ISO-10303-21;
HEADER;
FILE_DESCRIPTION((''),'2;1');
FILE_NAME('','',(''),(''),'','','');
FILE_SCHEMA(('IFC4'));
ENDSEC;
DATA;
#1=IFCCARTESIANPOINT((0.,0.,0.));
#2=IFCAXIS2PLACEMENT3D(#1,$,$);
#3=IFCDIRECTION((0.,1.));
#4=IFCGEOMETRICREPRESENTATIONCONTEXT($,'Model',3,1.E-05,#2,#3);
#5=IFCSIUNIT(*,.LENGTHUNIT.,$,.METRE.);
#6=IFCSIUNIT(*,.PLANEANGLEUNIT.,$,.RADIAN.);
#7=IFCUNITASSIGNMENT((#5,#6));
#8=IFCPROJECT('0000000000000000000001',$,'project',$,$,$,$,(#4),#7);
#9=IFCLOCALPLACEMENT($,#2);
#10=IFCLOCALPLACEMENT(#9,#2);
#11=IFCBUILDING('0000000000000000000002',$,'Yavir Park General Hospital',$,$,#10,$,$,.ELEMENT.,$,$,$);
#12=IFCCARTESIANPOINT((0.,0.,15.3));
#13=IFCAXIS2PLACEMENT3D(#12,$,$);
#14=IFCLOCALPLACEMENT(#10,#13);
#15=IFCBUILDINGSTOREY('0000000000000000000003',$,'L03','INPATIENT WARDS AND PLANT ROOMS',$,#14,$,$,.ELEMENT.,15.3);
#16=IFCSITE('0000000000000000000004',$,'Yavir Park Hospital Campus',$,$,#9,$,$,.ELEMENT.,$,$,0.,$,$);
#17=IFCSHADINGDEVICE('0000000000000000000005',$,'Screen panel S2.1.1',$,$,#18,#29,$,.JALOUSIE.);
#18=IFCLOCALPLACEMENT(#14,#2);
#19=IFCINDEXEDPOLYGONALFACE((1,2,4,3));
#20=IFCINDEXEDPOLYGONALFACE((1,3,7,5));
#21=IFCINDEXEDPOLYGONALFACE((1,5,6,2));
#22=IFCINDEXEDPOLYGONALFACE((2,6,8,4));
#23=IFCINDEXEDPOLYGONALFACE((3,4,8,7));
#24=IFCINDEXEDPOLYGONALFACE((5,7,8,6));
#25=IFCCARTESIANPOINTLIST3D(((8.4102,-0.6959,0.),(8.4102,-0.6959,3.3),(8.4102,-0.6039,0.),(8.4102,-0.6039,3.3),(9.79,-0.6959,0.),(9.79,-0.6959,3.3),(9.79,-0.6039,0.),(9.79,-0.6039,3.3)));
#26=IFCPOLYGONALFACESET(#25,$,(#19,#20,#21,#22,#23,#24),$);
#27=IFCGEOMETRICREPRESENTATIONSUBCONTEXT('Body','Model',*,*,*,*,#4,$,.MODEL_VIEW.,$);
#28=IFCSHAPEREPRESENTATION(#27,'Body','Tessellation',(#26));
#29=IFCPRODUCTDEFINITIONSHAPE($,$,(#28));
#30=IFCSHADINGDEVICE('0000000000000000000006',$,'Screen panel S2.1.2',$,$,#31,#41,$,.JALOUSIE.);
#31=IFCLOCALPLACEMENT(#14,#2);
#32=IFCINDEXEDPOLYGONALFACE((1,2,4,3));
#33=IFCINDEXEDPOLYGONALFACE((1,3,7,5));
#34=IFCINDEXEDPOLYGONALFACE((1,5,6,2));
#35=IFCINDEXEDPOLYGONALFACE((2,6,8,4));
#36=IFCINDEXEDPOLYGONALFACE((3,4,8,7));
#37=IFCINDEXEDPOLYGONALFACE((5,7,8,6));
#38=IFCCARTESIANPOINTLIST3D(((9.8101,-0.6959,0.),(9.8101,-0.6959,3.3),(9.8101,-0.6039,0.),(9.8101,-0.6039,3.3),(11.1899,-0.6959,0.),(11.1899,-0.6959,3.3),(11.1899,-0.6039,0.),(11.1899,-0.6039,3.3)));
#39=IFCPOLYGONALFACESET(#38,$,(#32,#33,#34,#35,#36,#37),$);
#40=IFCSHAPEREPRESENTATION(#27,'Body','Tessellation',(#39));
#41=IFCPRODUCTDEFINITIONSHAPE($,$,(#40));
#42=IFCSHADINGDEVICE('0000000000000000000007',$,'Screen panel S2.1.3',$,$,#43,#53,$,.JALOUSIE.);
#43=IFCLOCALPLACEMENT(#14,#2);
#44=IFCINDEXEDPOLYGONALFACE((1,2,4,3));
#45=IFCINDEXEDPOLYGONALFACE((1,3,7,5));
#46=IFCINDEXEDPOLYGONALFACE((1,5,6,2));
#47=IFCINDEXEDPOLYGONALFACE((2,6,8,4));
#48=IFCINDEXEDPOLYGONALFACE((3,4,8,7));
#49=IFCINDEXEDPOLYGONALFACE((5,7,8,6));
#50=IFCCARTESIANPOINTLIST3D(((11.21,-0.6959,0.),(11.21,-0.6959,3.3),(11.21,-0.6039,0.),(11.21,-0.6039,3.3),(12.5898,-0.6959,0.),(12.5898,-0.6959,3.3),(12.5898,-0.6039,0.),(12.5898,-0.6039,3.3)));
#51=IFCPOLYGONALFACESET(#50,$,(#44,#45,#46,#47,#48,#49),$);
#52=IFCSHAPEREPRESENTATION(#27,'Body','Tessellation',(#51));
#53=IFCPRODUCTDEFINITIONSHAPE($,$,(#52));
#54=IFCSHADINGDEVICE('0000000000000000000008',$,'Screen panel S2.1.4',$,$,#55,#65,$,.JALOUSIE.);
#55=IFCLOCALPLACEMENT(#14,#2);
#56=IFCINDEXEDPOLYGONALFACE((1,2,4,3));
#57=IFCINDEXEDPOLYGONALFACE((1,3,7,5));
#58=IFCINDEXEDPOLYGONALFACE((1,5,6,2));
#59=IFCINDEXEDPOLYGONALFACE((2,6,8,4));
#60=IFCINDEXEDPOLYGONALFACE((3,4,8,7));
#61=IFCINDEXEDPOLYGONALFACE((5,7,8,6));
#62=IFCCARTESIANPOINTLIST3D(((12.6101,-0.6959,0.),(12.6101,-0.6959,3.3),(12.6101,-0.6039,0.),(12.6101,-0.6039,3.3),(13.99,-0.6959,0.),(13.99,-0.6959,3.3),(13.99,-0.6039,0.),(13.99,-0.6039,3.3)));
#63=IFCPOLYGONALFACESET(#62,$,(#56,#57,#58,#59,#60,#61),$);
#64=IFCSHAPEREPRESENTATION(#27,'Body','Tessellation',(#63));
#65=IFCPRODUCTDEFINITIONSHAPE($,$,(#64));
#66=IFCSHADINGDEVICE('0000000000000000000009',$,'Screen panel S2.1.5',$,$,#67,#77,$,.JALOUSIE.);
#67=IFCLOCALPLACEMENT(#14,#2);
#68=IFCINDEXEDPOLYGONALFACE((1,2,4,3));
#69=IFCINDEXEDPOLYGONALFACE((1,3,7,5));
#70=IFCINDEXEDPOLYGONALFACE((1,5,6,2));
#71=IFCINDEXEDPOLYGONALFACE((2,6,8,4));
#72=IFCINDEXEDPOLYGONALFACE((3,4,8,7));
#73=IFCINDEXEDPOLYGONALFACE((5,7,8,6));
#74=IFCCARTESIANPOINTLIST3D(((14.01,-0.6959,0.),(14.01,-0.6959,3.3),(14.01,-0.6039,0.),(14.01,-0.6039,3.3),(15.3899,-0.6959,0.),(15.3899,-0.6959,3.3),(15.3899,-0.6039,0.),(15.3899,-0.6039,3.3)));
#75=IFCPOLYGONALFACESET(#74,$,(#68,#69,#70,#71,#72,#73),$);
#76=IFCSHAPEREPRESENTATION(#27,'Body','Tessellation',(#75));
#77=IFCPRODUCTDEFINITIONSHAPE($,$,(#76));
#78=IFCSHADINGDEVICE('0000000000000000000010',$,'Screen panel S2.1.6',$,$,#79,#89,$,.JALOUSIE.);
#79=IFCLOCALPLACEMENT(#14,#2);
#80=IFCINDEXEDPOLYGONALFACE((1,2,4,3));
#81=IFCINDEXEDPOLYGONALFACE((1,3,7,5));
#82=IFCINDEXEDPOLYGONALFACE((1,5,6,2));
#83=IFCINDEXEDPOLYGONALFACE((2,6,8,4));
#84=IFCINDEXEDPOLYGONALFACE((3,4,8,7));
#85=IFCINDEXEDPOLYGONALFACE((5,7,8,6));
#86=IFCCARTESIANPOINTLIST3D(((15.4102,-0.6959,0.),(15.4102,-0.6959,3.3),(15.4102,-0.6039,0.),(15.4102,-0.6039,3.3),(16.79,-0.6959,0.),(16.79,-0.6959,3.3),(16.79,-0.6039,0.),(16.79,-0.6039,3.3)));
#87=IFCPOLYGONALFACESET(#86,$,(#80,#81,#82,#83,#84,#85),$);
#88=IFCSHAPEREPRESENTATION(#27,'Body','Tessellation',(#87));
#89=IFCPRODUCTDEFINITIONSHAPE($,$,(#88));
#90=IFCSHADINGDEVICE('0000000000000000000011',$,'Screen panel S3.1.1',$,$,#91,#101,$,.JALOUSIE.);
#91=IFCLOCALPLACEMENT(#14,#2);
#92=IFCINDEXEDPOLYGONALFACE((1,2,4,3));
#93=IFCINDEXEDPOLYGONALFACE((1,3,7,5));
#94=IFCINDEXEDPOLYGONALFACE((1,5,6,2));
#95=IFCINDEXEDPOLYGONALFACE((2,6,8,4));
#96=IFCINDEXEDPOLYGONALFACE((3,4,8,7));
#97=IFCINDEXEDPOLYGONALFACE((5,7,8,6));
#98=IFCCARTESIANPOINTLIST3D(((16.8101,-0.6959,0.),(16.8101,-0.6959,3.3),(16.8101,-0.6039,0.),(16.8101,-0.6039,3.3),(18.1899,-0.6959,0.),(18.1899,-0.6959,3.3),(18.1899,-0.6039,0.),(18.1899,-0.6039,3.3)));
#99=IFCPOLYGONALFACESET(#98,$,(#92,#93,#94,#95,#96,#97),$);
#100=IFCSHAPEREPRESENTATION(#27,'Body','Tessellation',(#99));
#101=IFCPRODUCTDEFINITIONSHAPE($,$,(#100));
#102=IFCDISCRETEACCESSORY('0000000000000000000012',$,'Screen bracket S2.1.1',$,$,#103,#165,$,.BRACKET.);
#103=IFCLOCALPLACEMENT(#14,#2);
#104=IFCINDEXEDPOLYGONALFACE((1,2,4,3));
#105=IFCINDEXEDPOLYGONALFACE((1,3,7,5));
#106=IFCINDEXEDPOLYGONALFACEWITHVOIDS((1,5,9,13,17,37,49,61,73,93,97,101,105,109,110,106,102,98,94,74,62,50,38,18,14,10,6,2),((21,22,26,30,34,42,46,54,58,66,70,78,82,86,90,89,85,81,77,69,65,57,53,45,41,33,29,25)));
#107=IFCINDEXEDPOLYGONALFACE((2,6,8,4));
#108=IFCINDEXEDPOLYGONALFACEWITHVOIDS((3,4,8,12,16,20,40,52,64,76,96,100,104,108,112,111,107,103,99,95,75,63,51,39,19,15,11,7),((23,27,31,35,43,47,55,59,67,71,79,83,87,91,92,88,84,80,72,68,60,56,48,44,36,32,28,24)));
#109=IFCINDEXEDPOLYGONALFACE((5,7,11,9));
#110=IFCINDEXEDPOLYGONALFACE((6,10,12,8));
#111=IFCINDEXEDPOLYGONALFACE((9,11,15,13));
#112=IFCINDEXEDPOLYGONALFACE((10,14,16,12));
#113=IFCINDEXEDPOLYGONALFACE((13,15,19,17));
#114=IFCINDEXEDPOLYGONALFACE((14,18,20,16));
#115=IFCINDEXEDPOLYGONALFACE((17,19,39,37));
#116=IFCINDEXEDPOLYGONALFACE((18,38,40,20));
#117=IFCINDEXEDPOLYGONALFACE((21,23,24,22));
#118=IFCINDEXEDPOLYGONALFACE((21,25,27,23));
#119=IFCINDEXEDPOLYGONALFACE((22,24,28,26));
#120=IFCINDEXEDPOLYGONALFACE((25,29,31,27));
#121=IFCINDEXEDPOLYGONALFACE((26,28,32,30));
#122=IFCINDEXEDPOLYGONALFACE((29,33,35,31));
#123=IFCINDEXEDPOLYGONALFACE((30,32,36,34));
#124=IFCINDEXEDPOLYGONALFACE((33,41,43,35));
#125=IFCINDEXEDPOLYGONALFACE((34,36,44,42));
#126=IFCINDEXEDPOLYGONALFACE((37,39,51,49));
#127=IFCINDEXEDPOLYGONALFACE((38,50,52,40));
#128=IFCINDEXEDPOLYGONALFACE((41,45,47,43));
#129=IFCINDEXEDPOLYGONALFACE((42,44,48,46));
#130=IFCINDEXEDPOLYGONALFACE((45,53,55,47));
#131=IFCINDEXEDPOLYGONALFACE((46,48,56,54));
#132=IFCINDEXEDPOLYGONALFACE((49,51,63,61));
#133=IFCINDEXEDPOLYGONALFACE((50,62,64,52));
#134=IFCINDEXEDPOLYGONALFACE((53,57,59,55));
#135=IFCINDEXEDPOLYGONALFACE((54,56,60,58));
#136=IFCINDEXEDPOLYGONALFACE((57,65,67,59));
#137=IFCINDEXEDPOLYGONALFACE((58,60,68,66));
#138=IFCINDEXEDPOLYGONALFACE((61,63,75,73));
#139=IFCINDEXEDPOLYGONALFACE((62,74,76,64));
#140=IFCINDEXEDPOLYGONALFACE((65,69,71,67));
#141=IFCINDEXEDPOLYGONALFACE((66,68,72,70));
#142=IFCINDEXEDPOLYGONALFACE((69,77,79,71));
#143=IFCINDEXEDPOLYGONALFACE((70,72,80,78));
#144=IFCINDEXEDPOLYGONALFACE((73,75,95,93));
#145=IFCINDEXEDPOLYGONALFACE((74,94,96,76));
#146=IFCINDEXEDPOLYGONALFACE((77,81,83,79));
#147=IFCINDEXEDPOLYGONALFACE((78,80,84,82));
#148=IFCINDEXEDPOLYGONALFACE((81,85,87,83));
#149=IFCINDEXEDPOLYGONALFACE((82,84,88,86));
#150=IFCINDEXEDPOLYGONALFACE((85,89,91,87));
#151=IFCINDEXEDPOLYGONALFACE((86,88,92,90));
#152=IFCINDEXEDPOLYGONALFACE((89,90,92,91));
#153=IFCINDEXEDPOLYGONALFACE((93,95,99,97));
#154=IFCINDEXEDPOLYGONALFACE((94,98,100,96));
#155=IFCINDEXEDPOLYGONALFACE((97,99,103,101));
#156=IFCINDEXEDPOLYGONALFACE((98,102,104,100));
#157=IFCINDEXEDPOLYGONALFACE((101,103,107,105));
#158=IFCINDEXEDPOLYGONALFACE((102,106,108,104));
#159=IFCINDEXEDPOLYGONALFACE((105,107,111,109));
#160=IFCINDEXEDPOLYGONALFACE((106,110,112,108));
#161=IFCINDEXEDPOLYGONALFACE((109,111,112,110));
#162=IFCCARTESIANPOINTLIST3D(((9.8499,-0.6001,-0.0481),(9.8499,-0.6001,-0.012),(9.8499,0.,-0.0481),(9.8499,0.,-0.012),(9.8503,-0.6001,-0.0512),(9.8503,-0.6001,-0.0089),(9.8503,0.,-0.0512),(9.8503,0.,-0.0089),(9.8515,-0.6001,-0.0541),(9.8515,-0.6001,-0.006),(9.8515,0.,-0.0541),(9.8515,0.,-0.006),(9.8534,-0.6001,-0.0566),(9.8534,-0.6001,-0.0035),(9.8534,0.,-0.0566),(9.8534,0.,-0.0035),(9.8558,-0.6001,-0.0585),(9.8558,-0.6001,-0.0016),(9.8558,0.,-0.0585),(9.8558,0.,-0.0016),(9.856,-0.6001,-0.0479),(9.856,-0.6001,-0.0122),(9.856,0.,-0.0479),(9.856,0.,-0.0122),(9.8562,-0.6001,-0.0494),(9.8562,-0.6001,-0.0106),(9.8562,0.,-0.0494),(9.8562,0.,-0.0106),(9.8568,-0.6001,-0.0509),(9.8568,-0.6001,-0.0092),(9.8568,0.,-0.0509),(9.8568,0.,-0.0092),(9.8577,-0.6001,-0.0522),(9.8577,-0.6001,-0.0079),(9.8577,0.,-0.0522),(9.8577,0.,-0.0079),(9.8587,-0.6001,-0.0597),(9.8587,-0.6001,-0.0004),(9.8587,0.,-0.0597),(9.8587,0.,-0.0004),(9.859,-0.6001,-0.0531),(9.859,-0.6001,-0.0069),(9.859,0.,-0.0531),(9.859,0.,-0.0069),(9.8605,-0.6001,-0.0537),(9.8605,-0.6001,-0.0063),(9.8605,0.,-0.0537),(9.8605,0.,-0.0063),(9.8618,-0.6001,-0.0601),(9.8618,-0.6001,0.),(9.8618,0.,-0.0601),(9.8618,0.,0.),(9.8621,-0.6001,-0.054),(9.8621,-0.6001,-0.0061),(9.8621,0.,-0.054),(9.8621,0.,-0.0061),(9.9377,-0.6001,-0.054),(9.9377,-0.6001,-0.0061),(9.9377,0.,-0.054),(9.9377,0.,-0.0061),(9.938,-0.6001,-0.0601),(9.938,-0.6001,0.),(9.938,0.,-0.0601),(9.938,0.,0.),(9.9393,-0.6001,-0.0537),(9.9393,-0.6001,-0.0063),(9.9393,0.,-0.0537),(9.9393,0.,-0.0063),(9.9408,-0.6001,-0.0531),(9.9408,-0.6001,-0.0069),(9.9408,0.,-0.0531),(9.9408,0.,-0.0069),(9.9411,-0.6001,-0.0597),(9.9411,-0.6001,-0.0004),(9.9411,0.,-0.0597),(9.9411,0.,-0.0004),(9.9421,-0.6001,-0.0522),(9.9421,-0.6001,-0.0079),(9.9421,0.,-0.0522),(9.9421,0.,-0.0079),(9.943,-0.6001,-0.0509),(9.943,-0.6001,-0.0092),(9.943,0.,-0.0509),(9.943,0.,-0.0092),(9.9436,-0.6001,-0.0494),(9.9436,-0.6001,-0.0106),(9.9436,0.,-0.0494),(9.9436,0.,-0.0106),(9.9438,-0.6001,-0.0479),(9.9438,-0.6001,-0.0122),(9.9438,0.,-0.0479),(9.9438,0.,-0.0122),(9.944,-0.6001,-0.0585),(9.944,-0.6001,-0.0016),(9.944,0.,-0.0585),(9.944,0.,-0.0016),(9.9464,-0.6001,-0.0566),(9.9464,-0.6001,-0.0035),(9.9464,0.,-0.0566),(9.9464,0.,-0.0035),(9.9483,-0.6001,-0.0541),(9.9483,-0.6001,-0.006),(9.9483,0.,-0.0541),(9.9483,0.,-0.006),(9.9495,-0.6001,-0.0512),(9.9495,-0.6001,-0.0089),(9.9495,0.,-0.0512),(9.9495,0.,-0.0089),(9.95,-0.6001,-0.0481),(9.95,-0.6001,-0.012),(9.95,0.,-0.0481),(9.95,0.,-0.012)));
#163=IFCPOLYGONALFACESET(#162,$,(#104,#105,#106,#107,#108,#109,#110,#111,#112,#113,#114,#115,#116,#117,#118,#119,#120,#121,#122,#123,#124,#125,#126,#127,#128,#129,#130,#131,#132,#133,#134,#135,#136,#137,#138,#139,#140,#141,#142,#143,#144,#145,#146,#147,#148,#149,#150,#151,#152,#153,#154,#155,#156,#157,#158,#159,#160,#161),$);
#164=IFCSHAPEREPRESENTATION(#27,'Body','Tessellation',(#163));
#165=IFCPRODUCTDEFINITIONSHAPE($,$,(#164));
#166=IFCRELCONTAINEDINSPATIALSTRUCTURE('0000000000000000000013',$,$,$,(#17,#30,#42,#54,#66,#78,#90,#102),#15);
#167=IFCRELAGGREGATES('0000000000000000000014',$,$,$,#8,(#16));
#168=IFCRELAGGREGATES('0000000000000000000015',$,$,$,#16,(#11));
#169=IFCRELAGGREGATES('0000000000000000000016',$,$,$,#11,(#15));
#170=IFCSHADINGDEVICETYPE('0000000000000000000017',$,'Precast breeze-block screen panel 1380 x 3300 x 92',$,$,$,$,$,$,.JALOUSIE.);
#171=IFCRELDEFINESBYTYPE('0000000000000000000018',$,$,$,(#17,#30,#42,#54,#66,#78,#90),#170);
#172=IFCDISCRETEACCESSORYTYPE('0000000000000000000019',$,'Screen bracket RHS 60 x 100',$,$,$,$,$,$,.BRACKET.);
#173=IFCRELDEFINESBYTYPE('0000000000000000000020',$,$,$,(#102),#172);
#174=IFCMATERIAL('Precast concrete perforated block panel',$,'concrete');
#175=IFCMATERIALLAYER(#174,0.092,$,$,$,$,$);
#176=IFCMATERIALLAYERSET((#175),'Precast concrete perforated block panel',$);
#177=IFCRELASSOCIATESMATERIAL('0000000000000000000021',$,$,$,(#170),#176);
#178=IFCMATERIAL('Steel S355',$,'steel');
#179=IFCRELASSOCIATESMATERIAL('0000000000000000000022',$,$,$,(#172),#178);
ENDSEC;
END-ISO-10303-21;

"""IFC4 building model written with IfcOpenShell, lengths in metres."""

from ifc_helpers import new_model, si_unit, direction, frame, origin, origin_2d, place, context, subcontext, project, spatial, rectangle, hollow_rectangle, extrude, material, layer, layer_set, material_profile, profile_set, type_object, element, save


model = new_model("IFC4")

# Units and contexts
model_context = context("Model", 3, precision=1e-05, world=origin(), true_north=direction((0.0, 1.0)))
body_context = subcontext(model_context, "Body", "Model", "MODEL_VIEW")
ifc_project = project(units=[si_unit("LENGTHUNIT", "METRE"), si_unit("PLANEANGLEUNIT", "RADIAN")], contexts=[model_context])

# Site, building, storey
site_placement = place(None, origin())
site = spatial("IfcSite", under=ifc_project, at=site_placement, Name="Yavir Park Hospital Campus", CompositionType="ELEMENT", RefElevation=0.0)
building_placement = place(site_placement, origin())
building = spatial("IfcBuilding", under=site, at=building_placement, Name="Yavir Park General Hospital", CompositionType="ELEMENT")
storey_placement = place(building_placement, frame((0.0, 0.0, 15.3)))
storey = spatial("IfcBuildingStorey", under=building, at=storey_placement, Name="L03", Description="INPATIENT WARDS AND PLANT ROOMS", CompositionType="ELEMENT", Elevation=15.3)

# Shading devices
ifc_material_1 = material(Name="Precast concrete perforated block panel", Category="concrete")
ifc_layer_1 = layer(ifc_material_1, 0.092)
ifc_layer_set_1 = layer_set([ifc_layer_1], Name="Precast concrete perforated block panel")
shading_device_type = type_object("IfcShadingDeviceType", Name="Precast breeze-block screen panel 1380 x 3300 x 92", PredefinedType="JALOUSIE", material=ifc_layer_set_1)
for number, where, z_axis, x_axis, name in (
    (1, (9.1001, -0.6499, 0.0), (0.0, 0.0, 1.0), (1.0, 0.0, 0.0), "Screen panel S2.1.1"),
    (2, (10.5, -0.6499, 0.0), (0.0, 0.0, 1.0), (1.0, 0.0, 0.0), "Screen panel S2.1.2"),
    (3, (11.8999, -0.6499, 0.0), (0.0, 0.0, 1.0), (1.0, 0.0, 0.0), "Screen panel S2.1.3"),
    (4, (13.3, -0.6499, 0.0), (0.0, 0.0, 1.0), (1.0, 0.0, 0.0), "Screen panel S2.1.4"),
    (5, (14.7, -0.6499, 0.0), (0.0, 0.0, 1.0), (1.0, 0.0, 0.0), "Screen panel S2.1.5"),
    (6, (16.1001, -0.6499, 0.0), (0.0, 0.0, 1.0), (1.0, 0.0, 0.0), "Screen panel S2.1.6"),
    (7, (17.5, -0.6499, 0.0), (0.0, 0.0, 1.0), (1.0, 0.0, 0.0), "Screen panel S3.1.1"),
):
    element("IfcShadingDevice", number, at=place(storey_placement, frame(where, z_axis=z_axis, x_axis=x_axis)), inside=storey, type_object=shading_device_type, Name=name, PredefinedType="JALOUSIE", context=body_context, shape_type="SweptSolid", body=[
        extrude(rectangle(XDim=1.3799, YDim=0.092, at=origin_2d()), origin(), (0.0, 0.0, 1.0), 3.3),
    ])

# Discrete accessory
ifc_material_2 = material(Name="Steel S355", Category="steel")
ifc_material_profile_1 = material_profile(ifc_material_2, hollow_rectangle(XDim=0.1001, YDim=0.0601, WallThickness=0.0061, InnerFilletRadius=0.0061, OuterFilletRadius=0.012, at=origin_2d()), Name="RHS60x100x6")
ifc_profile_set_1 = profile_set([ifc_material_profile_1], Name="Steel S355")
discrete_accessory_type_1 = type_object("IfcDiscreteAccessoryType", Name="Screen bracket RHS 60 x 100", PredefinedType="BRACKET", material=ifc_profile_set_1)
for number, where, z_axis, x_axis, name in (
    (8, (9.8999, 0.0, -0.03), (0.0, -1.0, 0.0), (1.0, 0.0, 0.0), "Screen bracket S2.1.1"),
):
    element("IfcDiscreteAccessory", number, at=place(storey_placement, frame(where, z_axis=z_axis, x_axis=x_axis)), inside=storey, type_object=discrete_accessory_type_1, Name=name, PredefinedType="BRACKET", context=body_context, shape_type="SweptSolid", body=[
        extrude(hollow_rectangle(XDim=0.1001, YDim=0.0601, WallThickness=0.0061, InnerFilletRadius=0.0061, OuterFilletRadius=0.012, at=origin_2d()), origin(), (0.0, 0.0, 1.0), 0.6001),
    ])

save(model, "model.ifc")
